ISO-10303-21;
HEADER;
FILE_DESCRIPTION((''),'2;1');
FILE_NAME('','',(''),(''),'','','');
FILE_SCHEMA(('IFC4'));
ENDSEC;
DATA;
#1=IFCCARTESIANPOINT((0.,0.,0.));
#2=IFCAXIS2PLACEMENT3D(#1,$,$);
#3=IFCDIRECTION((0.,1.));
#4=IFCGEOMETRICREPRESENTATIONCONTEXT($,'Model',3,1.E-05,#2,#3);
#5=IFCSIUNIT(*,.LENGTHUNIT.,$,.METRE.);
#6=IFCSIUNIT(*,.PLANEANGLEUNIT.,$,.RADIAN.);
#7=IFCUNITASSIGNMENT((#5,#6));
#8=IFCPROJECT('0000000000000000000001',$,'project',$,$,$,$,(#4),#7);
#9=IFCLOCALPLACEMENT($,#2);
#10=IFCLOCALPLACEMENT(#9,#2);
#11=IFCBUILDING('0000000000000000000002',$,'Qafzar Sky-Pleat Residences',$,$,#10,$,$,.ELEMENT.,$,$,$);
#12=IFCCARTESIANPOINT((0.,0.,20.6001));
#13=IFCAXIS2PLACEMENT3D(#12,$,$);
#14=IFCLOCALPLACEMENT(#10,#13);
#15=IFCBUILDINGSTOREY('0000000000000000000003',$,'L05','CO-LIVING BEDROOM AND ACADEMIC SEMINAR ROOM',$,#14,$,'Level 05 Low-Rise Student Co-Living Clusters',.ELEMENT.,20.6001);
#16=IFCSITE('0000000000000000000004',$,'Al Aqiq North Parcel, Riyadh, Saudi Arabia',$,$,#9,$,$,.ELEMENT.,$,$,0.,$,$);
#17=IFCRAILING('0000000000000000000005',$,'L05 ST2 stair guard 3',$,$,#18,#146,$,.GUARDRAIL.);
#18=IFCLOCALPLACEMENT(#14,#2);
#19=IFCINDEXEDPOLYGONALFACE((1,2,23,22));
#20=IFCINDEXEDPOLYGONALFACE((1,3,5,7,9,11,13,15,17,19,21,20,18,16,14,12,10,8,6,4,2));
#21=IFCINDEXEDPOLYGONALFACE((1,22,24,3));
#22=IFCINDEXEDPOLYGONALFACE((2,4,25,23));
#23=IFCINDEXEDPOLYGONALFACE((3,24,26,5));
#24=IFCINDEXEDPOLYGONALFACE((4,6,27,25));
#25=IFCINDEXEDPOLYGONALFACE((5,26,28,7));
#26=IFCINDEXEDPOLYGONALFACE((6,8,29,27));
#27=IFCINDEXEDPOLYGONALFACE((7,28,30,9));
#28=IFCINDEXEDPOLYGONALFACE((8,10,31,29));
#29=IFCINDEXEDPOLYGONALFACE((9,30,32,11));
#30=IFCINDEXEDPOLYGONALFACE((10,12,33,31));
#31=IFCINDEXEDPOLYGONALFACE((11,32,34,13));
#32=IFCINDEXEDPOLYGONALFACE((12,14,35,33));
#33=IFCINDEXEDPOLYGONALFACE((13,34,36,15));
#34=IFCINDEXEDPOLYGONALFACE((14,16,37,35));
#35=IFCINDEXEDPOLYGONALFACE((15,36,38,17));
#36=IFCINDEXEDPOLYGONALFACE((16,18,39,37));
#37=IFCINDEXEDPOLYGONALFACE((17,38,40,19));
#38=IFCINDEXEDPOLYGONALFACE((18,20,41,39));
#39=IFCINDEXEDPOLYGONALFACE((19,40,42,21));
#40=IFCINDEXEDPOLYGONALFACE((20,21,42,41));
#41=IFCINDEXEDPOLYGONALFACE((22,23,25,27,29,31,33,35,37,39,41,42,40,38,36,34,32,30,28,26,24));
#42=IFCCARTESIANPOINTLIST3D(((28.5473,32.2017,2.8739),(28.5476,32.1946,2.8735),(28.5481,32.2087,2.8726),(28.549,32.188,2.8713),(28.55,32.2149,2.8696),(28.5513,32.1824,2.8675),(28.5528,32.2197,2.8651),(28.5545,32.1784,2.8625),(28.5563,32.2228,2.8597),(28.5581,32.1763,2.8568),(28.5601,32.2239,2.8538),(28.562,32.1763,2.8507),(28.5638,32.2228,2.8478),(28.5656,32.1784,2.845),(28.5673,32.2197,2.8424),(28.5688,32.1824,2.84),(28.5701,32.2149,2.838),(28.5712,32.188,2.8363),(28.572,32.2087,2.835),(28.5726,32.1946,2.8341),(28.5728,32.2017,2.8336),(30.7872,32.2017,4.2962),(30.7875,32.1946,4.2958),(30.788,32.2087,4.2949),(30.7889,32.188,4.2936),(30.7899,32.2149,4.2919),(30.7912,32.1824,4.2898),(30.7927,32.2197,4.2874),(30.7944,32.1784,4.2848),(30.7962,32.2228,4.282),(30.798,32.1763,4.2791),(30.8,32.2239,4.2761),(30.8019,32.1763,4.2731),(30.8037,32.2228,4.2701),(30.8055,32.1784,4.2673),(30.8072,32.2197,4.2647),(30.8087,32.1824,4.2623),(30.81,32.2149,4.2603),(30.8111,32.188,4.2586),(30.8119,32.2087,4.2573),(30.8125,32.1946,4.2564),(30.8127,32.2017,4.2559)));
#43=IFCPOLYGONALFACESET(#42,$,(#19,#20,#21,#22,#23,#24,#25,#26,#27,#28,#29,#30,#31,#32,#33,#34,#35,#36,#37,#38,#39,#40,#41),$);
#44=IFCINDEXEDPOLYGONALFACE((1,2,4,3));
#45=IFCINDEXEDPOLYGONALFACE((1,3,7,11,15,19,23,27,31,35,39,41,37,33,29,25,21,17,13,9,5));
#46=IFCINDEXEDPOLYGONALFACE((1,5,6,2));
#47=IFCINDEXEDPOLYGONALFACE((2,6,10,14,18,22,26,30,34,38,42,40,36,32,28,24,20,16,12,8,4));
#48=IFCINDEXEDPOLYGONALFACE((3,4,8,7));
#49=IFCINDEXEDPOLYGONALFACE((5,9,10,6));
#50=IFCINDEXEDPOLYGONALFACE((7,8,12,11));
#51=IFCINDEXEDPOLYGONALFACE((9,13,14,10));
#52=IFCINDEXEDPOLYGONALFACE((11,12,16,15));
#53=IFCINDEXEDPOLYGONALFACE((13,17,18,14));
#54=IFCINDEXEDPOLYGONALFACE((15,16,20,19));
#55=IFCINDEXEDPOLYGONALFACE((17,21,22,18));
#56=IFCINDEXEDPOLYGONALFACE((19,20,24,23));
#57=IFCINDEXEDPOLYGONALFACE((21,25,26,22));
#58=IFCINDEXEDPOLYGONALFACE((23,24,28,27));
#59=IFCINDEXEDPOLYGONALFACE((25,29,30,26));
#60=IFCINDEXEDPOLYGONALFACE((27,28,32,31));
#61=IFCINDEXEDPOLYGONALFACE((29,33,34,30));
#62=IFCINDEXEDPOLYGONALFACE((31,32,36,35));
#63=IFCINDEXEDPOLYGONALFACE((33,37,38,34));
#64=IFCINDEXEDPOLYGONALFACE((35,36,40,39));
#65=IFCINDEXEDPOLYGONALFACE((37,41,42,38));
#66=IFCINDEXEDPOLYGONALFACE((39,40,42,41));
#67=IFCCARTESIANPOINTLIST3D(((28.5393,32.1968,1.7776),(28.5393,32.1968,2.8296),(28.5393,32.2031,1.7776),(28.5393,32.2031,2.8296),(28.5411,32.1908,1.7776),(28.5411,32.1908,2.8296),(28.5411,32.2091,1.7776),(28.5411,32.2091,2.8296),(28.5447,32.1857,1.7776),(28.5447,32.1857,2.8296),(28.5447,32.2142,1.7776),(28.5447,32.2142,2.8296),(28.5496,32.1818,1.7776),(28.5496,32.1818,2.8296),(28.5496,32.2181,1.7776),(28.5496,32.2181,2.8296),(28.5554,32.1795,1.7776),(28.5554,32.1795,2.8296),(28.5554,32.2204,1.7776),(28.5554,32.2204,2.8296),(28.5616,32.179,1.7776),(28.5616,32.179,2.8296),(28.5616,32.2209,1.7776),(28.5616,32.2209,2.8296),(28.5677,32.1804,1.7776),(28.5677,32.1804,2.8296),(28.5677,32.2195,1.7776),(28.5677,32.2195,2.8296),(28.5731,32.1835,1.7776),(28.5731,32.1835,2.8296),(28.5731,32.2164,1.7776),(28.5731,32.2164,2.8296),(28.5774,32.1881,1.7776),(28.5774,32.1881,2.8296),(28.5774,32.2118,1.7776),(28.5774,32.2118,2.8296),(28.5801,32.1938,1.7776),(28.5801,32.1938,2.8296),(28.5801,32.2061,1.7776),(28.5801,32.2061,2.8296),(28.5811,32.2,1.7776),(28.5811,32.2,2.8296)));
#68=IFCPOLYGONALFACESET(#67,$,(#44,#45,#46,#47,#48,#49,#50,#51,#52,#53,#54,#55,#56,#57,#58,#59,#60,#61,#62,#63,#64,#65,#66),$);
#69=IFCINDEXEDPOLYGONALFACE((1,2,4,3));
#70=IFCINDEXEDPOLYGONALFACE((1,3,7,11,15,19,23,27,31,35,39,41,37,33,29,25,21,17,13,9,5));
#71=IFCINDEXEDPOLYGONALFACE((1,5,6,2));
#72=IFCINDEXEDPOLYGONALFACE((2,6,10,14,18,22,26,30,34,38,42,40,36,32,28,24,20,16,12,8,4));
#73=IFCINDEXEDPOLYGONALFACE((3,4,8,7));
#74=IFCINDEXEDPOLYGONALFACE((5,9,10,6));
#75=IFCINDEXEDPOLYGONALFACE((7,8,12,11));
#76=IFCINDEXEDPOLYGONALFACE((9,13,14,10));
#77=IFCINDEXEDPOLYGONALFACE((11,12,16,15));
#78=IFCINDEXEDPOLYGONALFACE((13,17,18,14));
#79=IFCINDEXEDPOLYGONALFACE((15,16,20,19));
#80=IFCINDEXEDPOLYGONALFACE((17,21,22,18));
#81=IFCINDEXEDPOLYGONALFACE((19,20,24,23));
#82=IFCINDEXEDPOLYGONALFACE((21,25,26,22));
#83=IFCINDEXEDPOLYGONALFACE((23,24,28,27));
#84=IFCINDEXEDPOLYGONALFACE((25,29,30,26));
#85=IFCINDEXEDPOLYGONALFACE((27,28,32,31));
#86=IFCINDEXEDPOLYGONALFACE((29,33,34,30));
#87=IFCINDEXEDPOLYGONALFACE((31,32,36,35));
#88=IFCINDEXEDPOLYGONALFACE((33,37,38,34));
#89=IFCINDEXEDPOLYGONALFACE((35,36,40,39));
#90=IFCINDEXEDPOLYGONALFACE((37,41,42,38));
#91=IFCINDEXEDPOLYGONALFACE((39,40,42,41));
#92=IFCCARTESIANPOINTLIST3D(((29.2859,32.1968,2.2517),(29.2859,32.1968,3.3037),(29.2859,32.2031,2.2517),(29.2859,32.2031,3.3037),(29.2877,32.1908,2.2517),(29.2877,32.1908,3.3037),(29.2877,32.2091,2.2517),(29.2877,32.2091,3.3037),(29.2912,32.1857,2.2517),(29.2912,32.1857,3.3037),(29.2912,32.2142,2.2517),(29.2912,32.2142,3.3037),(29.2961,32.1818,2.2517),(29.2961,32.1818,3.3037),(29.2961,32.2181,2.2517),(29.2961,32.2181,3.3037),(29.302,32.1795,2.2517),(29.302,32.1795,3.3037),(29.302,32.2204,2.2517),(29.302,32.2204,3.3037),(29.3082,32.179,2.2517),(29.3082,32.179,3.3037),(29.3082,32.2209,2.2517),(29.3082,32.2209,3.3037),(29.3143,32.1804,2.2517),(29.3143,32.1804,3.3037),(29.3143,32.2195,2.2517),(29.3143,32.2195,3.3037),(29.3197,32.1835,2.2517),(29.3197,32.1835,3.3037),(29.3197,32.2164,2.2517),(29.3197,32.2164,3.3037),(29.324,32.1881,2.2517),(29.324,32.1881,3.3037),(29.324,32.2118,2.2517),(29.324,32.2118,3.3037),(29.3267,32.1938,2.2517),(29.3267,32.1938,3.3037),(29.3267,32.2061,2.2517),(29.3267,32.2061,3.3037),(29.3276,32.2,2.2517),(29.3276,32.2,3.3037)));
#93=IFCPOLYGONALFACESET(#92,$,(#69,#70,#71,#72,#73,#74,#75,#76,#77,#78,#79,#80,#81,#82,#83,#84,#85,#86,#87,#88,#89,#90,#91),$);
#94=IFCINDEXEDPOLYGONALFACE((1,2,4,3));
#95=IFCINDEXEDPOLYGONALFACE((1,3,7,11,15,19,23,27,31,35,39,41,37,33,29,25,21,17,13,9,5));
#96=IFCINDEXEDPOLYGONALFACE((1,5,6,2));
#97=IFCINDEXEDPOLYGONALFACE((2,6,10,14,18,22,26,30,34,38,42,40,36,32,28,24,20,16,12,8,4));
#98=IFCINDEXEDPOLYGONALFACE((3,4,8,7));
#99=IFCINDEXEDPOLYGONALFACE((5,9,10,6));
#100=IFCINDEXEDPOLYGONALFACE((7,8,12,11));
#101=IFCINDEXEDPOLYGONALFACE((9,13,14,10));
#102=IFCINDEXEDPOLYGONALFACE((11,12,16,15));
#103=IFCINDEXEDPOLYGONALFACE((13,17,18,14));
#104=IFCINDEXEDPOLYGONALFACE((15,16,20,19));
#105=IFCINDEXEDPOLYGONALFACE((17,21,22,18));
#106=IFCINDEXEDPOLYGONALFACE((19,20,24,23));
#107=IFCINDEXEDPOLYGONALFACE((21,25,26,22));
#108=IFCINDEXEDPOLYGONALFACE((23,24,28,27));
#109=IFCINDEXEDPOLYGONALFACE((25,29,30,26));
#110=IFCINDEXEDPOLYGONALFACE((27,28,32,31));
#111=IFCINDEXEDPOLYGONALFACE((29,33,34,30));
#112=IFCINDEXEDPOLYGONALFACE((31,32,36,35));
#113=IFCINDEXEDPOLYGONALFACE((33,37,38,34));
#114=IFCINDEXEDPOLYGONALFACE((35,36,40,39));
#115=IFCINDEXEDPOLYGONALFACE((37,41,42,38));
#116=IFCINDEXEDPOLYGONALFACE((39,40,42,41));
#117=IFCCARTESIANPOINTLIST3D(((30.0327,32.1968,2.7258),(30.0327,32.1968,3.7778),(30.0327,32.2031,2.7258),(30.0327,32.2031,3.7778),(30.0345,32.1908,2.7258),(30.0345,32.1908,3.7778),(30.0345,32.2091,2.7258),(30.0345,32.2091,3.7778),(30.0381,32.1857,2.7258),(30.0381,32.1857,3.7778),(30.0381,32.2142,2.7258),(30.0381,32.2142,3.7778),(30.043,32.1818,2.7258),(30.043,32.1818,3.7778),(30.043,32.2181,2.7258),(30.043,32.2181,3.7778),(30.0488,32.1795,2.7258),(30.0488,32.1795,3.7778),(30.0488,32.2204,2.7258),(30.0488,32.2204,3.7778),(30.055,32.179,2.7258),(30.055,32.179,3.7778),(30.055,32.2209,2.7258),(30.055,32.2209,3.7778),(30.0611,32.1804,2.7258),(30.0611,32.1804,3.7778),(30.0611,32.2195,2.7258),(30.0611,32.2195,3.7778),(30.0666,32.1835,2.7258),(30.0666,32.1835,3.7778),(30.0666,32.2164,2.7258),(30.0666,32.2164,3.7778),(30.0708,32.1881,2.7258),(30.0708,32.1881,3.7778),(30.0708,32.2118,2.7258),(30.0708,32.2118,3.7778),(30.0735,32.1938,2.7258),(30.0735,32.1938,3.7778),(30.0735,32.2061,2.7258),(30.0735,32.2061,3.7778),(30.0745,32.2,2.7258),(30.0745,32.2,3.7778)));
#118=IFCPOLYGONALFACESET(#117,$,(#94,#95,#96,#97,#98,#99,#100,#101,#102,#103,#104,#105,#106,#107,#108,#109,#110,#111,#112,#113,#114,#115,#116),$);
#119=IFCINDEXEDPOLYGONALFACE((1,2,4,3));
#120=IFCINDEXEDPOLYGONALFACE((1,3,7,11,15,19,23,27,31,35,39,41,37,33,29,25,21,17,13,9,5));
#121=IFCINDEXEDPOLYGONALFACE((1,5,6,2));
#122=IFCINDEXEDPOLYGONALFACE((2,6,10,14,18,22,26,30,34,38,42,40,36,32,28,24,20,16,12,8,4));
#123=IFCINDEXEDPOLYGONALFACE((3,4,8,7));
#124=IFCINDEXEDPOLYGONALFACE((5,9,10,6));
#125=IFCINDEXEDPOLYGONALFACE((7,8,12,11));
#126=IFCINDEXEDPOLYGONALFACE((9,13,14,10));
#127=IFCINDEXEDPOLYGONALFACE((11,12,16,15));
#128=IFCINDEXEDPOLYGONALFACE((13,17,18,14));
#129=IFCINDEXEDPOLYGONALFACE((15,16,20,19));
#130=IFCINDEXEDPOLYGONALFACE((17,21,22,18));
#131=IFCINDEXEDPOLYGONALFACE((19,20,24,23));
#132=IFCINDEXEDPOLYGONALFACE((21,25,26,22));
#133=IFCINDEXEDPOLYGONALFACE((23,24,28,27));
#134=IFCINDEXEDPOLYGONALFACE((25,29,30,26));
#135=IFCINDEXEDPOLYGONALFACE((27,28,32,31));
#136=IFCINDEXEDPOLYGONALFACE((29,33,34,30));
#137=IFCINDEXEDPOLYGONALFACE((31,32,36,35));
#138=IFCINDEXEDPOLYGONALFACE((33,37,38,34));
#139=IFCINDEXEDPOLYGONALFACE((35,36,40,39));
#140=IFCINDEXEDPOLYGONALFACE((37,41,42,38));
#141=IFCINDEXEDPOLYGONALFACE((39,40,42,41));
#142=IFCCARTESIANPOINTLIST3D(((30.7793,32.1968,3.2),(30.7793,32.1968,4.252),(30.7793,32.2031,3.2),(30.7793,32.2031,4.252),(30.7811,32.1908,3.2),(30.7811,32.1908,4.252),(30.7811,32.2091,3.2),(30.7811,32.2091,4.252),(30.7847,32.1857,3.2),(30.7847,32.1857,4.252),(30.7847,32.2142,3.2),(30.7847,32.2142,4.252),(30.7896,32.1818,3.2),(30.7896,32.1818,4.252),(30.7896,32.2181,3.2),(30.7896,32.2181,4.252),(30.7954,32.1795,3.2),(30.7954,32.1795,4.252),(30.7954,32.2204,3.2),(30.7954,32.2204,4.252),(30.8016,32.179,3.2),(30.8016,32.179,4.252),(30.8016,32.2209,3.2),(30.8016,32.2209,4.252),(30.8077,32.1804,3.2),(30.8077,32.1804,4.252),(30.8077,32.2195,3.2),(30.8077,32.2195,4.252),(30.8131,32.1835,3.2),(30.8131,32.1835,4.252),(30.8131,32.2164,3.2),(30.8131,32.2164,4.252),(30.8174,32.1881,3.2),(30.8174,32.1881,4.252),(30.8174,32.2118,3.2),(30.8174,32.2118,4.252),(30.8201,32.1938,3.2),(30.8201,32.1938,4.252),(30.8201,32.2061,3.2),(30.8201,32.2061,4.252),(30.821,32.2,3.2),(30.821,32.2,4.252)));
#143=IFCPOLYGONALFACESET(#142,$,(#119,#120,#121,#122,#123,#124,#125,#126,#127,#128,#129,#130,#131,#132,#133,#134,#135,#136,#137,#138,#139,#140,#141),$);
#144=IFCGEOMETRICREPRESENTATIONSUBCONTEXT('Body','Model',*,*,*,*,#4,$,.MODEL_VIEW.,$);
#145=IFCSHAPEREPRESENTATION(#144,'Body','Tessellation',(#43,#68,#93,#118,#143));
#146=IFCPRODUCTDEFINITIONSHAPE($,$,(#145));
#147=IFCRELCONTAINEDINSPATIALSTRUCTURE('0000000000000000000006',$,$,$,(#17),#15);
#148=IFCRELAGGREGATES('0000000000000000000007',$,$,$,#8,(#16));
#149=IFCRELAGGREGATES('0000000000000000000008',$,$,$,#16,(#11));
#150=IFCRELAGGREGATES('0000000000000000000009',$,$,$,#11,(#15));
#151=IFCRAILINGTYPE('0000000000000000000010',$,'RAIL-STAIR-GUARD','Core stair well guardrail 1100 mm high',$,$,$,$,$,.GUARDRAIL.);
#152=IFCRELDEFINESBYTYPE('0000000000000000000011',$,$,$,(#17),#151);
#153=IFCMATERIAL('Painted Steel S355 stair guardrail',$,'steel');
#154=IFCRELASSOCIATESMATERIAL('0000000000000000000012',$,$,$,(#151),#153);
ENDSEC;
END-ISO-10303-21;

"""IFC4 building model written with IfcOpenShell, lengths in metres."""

from ifc_helpers import new_model, si_unit, direction, frame, origin, origin_2d, place, context, subcontext, project, spatial, circle, extrude, source, transform, mapped, material, type_object, element, save


model = new_model("IFC4")

# Units and contexts
model_context = context("Model", 3, precision=1e-05, world=origin(), true_north=direction((0.0, 1.0)))
body_context = subcontext(model_context, "Body", "Model", "MODEL_VIEW")
ifc_project = project(units=[si_unit("LENGTHUNIT", "METRE"), si_unit("PLANEANGLEUNIT", "RADIAN")], contexts=[model_context])

# Site, building, storey
site_placement = place(None, origin())
site = spatial("IfcSite", under=ifc_project, at=site_placement, Name="Al Aqiq North Parcel, Riyadh, Saudi Arabia", CompositionType="ELEMENT", RefElevation=0.0)
building_placement = place(site_placement, origin())
building = spatial("IfcBuilding", under=site, at=building_placement, Name="Qafzar Sky-Pleat Residences", CompositionType="ELEMENT")
storey_placement = place(building_placement, frame((0.0, 0.0, 20.6001)))
storey = spatial("IfcBuildingStorey", under=building, at=storey_placement, Name="L05", Description="CO-LIVING BEDROOM AND ACADEMIC SEMINAR ROOM", LongName="Level 05 Low-Rise Student Co-Living Clusters", CompositionType="ELEMENT", Elevation=20.6001)

# Railing
ifc_material_1 = material(Name="Painted Steel S355 stair guardrail", Category="steel")
railing_type = type_object("IfcRailingType", Name="RAIL-STAIR-GUARD", Description="Core stair well guardrail 1100 mm high", PredefinedType="GUARDRAIL", material=ifc_material_1)
shared_shape_1 = source(origin(), body_context, "Body", "SweptSolid", [
    extrude(circle(Radius=0.0239, at=origin_2d()), frame((0.0, 0.0, 1.0762), z_axis=(0.844188, 0.0, 0.536048), x_axis=(0.0, 1.0, 0.0)), (0.0, 0.0, 1.0), 2.6533),
    extrude(circle(Radius=0.021, at=origin_2d()), origin(), (0.0, 0.0, 1.0), 1.052),
    extrude(circle(Radius=0.021, at=origin_2d()), frame((0.7466, 0.0, 0.4741)), (0.0, 0.0, 1.0), 1.052),
    extrude(circle(Radius=0.021, at=origin_2d()), frame((1.4934, 0.0, 0.9482)), (0.0, 0.0, 1.0), 1.052),
    extrude(circle(Radius=0.021, at=origin_2d()), frame((2.24, 0.0, 1.4224)), (0.0, 0.0, 1.0), 1.052),
])
railing_1_placement = place(storey_placement, frame((28.5601, 32.2, 1.7776)))
element("IfcRailing", 1, at=railing_1_placement, inside=storey, type_object=railing_type, Name="L05 ST2 stair guard 3", PredefinedType="GUARDRAIL", context=body_context, shape_type="MappedRepresentation", body=[
    mapped(shared_shape_1, transform((0.0, 0.0, 0.0), x_axis=(1.0, 0.0, 0.0), y_axis=(0.0, 1.0, 0.0), z_axis=(0.0, 0.0, 1.0), scale=1.0)),
])

save(model, "model.ifc")
